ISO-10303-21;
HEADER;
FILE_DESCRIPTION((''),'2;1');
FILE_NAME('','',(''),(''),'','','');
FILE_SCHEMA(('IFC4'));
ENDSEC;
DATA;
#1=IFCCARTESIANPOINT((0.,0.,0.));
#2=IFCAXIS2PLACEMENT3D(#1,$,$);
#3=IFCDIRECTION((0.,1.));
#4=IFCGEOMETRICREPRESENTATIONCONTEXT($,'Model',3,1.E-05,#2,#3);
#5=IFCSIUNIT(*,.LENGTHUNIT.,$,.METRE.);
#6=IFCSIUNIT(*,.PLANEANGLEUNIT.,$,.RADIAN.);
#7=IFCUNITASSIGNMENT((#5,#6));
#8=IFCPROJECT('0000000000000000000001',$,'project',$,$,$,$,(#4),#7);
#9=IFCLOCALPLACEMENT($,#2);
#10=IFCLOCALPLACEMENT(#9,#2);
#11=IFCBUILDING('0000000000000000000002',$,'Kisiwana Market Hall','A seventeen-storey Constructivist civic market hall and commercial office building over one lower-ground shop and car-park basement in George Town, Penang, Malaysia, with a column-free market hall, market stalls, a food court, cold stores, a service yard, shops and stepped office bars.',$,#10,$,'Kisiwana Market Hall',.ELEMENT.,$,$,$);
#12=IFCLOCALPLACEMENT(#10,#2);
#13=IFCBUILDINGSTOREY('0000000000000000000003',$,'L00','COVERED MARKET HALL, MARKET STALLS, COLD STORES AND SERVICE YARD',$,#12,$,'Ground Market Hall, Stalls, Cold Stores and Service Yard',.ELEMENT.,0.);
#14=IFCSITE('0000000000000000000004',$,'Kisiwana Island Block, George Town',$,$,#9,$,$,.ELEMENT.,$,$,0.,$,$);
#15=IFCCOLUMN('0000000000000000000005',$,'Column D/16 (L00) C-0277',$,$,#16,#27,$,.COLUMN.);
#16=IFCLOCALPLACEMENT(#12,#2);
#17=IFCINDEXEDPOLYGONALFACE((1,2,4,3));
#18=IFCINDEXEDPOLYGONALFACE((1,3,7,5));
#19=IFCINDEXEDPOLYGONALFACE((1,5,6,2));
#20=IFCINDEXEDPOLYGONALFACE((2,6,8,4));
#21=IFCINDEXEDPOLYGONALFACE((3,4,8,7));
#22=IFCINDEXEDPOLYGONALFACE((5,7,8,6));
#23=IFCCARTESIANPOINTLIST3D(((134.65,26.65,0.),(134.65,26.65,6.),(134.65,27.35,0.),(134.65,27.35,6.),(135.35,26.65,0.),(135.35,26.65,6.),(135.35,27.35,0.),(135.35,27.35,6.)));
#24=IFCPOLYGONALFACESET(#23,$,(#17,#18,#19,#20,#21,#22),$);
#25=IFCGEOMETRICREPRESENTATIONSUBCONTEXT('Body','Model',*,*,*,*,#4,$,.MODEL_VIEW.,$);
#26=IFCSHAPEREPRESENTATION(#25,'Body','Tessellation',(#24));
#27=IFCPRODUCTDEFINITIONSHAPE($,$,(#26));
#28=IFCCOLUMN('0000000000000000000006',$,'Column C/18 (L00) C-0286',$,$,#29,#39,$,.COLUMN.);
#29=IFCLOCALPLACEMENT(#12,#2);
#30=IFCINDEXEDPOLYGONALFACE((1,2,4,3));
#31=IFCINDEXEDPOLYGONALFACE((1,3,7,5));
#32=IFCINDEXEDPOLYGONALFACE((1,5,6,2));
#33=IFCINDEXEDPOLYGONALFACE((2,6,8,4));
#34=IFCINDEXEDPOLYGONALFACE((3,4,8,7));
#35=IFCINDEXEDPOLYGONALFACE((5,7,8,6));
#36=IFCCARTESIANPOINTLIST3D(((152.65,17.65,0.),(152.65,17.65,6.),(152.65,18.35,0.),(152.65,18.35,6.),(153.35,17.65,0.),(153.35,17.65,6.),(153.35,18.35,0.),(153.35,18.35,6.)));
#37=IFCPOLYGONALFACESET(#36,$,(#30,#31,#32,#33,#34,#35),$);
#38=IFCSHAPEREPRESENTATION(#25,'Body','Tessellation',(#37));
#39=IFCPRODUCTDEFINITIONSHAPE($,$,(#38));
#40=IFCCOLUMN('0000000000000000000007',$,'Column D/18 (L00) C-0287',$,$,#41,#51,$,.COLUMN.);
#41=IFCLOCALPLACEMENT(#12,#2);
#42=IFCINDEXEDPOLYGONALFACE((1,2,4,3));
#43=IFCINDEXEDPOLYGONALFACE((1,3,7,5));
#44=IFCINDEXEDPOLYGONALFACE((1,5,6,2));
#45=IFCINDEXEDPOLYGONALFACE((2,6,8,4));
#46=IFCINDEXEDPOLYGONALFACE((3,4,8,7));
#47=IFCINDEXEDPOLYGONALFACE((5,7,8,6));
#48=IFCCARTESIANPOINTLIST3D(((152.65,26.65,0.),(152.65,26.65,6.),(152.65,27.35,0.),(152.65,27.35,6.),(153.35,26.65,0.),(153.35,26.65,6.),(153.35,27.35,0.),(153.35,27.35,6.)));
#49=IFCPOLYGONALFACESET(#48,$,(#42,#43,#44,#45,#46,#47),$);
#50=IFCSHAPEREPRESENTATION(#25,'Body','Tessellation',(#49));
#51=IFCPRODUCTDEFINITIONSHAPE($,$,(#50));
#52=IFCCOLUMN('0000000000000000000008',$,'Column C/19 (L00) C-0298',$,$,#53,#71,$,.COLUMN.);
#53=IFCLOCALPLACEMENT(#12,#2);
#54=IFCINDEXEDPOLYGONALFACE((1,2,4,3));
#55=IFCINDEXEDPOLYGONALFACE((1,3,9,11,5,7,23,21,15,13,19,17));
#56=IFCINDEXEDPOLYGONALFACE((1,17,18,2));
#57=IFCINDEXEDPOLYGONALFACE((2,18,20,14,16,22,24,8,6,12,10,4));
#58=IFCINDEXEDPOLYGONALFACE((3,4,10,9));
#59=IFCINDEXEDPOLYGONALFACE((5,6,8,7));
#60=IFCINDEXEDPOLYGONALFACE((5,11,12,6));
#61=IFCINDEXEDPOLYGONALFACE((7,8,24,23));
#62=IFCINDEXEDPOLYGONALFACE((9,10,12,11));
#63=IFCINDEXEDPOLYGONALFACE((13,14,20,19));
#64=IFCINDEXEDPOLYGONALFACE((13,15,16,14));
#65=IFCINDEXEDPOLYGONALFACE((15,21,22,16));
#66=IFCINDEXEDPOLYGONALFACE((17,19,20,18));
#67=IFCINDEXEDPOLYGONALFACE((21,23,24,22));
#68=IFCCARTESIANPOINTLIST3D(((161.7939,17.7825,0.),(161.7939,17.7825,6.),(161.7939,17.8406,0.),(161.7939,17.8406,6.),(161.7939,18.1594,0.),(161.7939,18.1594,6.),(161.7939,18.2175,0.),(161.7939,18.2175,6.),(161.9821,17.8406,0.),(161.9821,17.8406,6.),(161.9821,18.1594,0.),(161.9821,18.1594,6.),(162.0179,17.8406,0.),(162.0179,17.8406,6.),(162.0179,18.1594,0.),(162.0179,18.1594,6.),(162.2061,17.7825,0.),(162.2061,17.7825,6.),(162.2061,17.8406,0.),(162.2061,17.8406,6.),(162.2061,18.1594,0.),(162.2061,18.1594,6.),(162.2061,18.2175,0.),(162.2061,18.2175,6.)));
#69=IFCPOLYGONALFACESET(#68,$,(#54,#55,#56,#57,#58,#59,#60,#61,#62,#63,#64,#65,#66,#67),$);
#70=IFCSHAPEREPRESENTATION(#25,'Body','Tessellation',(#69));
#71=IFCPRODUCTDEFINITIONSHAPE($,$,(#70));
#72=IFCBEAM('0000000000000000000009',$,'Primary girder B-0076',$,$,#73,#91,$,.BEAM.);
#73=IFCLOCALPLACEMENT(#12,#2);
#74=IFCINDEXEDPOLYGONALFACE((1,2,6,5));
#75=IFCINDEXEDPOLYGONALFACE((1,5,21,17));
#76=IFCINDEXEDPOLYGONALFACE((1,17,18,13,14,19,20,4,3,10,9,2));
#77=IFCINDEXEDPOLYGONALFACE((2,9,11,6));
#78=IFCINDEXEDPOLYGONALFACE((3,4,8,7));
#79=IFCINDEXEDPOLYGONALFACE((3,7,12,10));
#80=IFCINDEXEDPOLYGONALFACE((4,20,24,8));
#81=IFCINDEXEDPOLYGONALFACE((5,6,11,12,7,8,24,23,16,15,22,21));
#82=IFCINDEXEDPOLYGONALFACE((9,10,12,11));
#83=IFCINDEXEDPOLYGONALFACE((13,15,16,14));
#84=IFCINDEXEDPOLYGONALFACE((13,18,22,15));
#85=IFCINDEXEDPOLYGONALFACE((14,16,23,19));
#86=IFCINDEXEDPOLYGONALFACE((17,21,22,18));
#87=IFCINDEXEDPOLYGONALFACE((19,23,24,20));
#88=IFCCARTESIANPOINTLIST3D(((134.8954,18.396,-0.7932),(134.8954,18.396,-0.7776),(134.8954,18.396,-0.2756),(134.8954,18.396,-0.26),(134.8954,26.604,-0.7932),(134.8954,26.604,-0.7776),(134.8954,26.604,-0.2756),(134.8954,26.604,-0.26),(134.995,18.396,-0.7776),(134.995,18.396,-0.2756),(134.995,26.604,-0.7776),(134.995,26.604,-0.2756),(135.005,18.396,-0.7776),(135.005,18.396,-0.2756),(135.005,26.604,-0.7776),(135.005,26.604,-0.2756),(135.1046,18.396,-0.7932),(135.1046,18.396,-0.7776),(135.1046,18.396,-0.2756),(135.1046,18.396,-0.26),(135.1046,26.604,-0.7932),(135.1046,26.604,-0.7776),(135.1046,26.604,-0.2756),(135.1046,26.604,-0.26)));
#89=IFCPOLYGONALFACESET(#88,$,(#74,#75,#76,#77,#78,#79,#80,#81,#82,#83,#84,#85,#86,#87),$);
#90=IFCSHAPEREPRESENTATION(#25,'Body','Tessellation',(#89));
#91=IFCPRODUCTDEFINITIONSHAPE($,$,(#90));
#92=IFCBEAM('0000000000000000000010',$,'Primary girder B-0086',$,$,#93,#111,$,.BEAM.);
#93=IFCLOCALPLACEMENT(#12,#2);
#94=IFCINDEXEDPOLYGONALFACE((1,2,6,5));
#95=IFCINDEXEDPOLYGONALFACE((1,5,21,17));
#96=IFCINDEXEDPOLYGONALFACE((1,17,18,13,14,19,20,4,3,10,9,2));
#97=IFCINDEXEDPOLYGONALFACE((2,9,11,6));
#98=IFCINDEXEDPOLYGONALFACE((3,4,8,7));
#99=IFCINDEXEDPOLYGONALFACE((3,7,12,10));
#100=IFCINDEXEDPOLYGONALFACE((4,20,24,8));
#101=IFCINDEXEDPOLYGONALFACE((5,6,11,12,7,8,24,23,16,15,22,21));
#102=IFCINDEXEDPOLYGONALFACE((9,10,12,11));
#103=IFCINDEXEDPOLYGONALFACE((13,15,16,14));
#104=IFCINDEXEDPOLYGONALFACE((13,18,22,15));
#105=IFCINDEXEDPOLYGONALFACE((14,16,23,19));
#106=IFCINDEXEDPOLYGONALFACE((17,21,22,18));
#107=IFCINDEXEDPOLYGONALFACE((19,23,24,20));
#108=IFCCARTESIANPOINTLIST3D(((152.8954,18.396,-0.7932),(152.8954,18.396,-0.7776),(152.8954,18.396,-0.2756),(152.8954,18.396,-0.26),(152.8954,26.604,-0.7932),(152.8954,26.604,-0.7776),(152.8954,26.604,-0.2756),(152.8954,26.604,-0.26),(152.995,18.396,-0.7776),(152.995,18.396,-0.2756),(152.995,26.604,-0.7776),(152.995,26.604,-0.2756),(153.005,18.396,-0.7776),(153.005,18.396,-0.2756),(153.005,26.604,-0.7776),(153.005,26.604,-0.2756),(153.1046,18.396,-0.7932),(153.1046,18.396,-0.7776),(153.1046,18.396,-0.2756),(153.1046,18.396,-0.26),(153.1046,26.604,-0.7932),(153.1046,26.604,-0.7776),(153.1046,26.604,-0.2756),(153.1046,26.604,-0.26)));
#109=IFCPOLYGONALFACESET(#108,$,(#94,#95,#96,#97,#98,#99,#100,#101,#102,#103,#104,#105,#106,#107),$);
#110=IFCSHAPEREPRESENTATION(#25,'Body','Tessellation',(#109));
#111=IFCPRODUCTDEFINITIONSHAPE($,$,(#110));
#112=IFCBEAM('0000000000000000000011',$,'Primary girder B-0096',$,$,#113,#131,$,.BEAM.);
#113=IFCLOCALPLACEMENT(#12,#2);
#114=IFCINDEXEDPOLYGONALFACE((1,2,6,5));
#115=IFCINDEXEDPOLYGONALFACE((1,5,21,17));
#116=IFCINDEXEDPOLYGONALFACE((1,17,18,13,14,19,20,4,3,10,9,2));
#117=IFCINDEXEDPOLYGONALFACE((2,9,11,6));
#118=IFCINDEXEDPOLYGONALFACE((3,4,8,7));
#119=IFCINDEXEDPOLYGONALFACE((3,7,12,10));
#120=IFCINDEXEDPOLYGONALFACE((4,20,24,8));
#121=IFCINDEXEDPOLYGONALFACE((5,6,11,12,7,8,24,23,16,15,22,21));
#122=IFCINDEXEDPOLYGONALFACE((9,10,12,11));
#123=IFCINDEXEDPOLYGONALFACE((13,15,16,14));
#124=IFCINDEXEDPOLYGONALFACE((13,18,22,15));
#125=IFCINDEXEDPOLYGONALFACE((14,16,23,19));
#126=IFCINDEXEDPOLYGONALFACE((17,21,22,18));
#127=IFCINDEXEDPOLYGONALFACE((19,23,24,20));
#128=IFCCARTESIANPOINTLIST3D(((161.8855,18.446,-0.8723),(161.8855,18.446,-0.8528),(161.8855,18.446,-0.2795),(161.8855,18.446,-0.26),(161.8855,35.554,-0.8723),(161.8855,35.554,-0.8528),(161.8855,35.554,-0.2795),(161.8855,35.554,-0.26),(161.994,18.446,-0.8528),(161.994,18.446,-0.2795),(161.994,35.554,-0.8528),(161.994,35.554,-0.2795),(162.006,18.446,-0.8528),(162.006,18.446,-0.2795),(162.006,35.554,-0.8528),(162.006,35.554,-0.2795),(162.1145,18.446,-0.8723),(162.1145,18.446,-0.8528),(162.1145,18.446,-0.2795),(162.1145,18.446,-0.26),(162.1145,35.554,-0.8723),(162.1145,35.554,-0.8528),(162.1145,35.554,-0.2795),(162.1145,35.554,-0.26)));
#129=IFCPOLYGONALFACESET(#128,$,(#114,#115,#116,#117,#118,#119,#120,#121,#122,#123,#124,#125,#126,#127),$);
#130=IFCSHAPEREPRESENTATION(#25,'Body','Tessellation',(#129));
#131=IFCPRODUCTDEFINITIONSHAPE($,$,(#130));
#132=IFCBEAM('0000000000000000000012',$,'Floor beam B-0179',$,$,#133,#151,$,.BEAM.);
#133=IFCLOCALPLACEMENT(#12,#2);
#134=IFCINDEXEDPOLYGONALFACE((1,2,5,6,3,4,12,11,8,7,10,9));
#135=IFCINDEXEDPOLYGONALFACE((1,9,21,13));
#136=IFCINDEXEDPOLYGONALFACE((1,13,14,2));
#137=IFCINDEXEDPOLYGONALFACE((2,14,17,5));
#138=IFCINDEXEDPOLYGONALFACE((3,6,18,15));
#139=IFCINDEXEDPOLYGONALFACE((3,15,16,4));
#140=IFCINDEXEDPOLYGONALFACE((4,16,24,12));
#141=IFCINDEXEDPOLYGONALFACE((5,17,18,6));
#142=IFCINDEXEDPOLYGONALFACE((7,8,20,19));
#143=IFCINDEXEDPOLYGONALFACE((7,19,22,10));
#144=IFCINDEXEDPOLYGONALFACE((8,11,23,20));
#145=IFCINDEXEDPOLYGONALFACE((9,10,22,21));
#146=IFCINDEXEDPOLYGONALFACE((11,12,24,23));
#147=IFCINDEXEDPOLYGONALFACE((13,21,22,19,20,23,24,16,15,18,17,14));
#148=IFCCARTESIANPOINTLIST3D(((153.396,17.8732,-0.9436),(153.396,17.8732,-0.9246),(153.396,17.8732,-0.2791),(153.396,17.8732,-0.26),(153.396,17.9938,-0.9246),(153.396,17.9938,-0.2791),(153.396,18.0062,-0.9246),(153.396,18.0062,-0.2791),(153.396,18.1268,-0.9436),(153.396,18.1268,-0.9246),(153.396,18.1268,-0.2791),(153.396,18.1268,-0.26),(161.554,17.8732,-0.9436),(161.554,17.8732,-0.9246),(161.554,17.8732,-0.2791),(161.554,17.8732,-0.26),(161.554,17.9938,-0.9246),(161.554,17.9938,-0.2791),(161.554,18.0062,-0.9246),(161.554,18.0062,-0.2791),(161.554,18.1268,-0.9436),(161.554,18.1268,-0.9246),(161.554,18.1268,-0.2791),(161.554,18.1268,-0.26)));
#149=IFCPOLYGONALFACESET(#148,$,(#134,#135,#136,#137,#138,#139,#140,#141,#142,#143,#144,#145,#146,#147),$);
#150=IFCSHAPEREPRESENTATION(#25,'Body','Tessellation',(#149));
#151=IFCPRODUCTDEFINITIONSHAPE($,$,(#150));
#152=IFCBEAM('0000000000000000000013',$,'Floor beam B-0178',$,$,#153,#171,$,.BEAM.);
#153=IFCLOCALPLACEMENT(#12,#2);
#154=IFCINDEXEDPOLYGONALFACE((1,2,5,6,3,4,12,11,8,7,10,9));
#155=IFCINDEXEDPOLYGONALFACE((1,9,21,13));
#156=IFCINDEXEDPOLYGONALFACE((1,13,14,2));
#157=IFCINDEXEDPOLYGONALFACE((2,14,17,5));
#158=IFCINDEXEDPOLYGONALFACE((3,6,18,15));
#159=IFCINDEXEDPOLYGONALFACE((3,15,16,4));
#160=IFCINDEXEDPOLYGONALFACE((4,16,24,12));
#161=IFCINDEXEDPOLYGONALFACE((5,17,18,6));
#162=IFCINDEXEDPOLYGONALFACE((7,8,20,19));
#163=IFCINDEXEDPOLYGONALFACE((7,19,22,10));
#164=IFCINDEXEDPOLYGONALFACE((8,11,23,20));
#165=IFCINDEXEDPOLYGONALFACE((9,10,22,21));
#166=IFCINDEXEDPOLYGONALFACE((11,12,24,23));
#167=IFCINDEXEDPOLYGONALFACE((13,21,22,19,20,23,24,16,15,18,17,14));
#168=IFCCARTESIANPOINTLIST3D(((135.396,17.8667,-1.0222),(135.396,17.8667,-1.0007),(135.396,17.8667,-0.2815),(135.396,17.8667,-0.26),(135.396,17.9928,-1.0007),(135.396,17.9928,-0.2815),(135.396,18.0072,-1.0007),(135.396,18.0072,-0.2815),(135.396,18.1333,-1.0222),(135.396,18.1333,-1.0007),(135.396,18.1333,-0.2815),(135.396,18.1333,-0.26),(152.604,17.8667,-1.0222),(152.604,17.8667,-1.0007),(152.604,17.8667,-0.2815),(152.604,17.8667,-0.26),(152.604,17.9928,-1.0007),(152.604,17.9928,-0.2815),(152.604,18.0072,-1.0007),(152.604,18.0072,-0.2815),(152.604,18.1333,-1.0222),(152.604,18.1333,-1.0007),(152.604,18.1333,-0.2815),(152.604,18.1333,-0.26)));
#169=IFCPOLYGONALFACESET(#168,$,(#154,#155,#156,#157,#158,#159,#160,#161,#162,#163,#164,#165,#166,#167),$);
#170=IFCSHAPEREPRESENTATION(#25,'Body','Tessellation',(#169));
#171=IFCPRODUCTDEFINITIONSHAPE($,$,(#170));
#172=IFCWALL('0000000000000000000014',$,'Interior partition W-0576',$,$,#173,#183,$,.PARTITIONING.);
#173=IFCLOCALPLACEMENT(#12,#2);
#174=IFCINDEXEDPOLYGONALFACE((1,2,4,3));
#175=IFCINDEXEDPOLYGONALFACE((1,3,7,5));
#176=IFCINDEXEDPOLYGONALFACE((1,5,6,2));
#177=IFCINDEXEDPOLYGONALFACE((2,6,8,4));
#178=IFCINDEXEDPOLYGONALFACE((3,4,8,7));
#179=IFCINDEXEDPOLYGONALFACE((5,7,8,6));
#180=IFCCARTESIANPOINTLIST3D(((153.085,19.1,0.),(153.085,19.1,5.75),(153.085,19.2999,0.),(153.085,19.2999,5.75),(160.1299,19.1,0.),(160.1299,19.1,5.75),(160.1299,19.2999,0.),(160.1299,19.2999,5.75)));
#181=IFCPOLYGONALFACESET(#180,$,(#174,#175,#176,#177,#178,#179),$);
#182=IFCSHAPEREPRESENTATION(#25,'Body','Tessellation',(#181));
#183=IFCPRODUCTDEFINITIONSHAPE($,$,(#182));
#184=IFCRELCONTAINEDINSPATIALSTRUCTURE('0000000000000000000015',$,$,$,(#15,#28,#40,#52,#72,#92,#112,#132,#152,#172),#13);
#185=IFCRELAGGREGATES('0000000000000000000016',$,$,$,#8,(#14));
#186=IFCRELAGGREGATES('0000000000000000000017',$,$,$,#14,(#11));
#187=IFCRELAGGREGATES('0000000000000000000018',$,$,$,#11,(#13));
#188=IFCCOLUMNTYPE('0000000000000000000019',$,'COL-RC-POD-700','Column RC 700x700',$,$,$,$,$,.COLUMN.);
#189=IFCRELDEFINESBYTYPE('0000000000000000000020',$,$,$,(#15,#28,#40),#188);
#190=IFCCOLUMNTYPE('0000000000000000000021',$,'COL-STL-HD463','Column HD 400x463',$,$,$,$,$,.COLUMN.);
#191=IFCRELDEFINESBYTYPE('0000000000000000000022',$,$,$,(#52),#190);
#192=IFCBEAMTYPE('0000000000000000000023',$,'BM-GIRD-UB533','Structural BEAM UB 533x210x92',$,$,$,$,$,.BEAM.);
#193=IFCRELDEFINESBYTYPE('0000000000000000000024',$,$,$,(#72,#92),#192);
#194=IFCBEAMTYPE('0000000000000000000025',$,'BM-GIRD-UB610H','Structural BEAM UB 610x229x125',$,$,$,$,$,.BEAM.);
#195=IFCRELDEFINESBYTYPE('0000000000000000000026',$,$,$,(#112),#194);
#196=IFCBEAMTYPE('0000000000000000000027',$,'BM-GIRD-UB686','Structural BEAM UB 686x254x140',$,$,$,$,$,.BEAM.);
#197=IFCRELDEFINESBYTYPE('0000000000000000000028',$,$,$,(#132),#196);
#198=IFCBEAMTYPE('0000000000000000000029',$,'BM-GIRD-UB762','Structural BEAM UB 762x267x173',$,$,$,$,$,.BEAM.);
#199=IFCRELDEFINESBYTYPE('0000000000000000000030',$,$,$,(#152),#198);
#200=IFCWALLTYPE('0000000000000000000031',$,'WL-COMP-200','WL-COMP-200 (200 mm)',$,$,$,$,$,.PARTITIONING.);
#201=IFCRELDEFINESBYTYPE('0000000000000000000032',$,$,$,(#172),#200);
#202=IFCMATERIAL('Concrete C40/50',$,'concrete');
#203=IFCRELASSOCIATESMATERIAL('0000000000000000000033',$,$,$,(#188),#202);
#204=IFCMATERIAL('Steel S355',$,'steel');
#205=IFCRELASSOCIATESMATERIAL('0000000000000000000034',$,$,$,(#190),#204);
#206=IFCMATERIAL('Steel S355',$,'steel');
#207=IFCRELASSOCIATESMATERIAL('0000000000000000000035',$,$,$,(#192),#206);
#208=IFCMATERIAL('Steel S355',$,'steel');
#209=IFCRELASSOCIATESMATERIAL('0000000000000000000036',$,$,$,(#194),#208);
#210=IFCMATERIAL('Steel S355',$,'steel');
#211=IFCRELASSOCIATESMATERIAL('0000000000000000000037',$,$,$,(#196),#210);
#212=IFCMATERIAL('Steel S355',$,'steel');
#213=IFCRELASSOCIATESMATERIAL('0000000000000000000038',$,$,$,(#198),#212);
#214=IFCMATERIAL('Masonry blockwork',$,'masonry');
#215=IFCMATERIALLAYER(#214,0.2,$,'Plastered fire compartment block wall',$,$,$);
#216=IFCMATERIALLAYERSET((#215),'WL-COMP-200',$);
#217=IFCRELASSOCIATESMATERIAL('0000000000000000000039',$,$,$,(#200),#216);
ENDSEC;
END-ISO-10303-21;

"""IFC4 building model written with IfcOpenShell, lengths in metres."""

from ifc_helpers import new_model, si_unit, direction, frame, frame_2d, origin, origin_2d, place, context, subcontext, project, spatial, rectangle, i_section, extrude, material, layer, layer_set, material_profile, profile_set, type_object, element, save


model = new_model("IFC4")

# Units and contexts
model_context = context("Model", 3, precision=1e-05, world=origin(), true_north=direction((0.0, 1.0)))
body_context = subcontext(model_context, "Body", "Model", "MODEL_VIEW")
ifc_project = project(units=[si_unit("LENGTHUNIT", "METRE"), si_unit("PLANEANGLEUNIT", "RADIAN")], contexts=[model_context])

# Site, building, storey
site_placement = place(None, origin())
site = spatial("IfcSite", under=ifc_project, at=site_placement, Name="Kisiwana Island Block, George Town", CompositionType="ELEMENT", RefElevation=0.0)
building_placement = place(site_placement, origin())
building = spatial("IfcBuilding", under=site, at=building_placement, Name="Kisiwana Market Hall", Description="A seventeen-storey Constructivist civic market hall and commercial office building over one lower-ground shop and car-park basement in George Town, Penang, Malaysia, with a column-free market hall, market stalls, a food court, cold stores, a service yard, shops and stepped office bars.", LongName="Kisiwana Market Hall", CompositionType="ELEMENT")
storey_placement = place(building_placement, origin())
storey = spatial("IfcBuildingStorey", under=building, at=storey_placement, Name="L00", Description="COVERED MARKET HALL, MARKET STALLS, COLD STORES AND SERVICE YARD", LongName="Ground Market Hall, Stalls, Cold Stores and Service Yard", CompositionType="ELEMENT", Elevation=0.0)

# Columns
ifc_material_1 = material(Name="Concrete C40/50", Category="concrete")
ifc_material_profile_1 = material_profile(ifc_material_1, rectangle(XDim=0.7, YDim=0.7, at=origin_2d()), Name="RC 700x700")
ifc_profile_set_1 = profile_set([ifc_material_profile_1], Name="Concrete C40/50")
column_type_1 = type_object("IfcColumnType", Name="COL-RC-POD-700", Description="Column RC 700x700", PredefinedType="COLUMN", material=ifc_profile_set_1)
for number, where, z_axis, x_axis, name in (
    (1, (135.0, 27.0, 0.0), (0.0, 0.0, 1.0), (1.0, 0.0, 0.0), "Column D/16 (L00) C-0277"),
    (2, (153.0, 18.0, 0.0), (0.0, 0.0, 1.0), (1.0, 0.0, 0.0), "Column C/18 (L00) C-0286"),
    (3, (153.0, 27.0, 0.0), (0.0, 0.0, 1.0), (1.0, 0.0, 0.0), "Column D/18 (L00) C-0287"),
):
    element("IfcColumn", number, at=place(storey_placement, frame(where, z_axis=z_axis, x_axis=x_axis)), inside=storey, type_object=column_type_1, Name=name, PredefinedType="COLUMN", context=body_context, shape_type="SweptSolid", body=[
        extrude(rectangle(XDim=0.7, YDim=0.7, at=origin_2d()), origin(), (0.0, 0.0, 1.0), 6.0),
    ])
ifc_material_2 = material(Name="Steel S355", Category="steel")
ifc_material_profile_2 = material_profile(ifc_material_2, i_section(OverallWidth=0.4121, OverallDepth=0.4351, WebThickness=0.0359, FlangeThickness=0.0581, at=origin_2d()), Name="HD 400x463")
ifc_profile_set_2 = profile_set([ifc_material_profile_2], Name="Steel S355")
column_type_2 = type_object("IfcColumnType", Name="COL-STL-HD463", Description="Column HD 400x463", PredefinedType="COLUMN", material=ifc_profile_set_2)
column_placement = place(storey_placement, frame((162.0, 18.0, 0.0), z_axis=(0.0, 0.0, 1.0), x_axis=(1.0, 0.0, 0.0)))
element("IfcColumn", 4, at=column_placement, inside=storey, type_object=column_type_2, Name="Column C/19 (L00) C-0298", PredefinedType="COLUMN", context=body_context, shape_type="SweptSolid", body=[
    extrude(i_section(OverallWidth=0.4121, OverallDepth=0.4351, WebThickness=0.0359, FlangeThickness=0.0581, at=origin_2d()), origin(), (0.0, 0.0, 1.0), 6.0),
])

# Beams
ifc_material_3 = material(Name="Steel S355", Category="steel")
ifc_material_profile_3 = material_profile(ifc_material_3, i_section(OverallWidth=0.2092, OverallDepth=0.5332, WebThickness=0.01, FlangeThickness=0.0156, at=origin_2d()), Name="UB 533x210x92")
ifc_profile_set_3 = profile_set([ifc_material_profile_3], Name="Steel S355")
beam_type_1 = type_object("IfcBeamType", Name="BM-GIRD-UB533", Description="Structural BEAM UB 533x210x92", PredefinedType="BEAM", material=ifc_profile_set_3)
for number, where, z_axis, x_axis, name in (
    (5, (135.0, 18.396, -0.5266), (0.0, 1.0, 0.0), (-1.0, 0.0, 0.0), "Primary girder B-0076"),
    (6, (153.0, 18.396, -0.5266), (0.0, 1.0, 0.0), (-1.0, 0.0, 0.0), "Primary girder B-0086"),
):
    element("IfcBeam", number, at=place(storey_placement, frame(where, z_axis=z_axis, x_axis=x_axis)), inside=storey, type_object=beam_type_1, Name=name, PredefinedType="BEAM", context=body_context, shape_type="SweptSolid", body=[
        extrude(i_section(OverallWidth=0.2092, OverallDepth=0.5332, WebThickness=0.01, FlangeThickness=0.0156, at=origin_2d()), origin(), (0.0, 0.0, 1.0), 8.208),
    ])
ifc_material_4 = material(Name="Steel S355", Category="steel")
ifc_material_profile_4 = material_profile(ifc_material_4, i_section(OverallWidth=0.229, OverallDepth=0.6123, WebThickness=0.012, FlangeThickness=0.0195, at=origin_2d()), Name="UB 610x229x125")
ifc_profile_set_4 = profile_set([ifc_material_profile_4], Name="Steel S355")
beam_type_2 = type_object("IfcBeamType", Name="BM-GIRD-UB610H", Description="Structural BEAM UB 610x229x125", PredefinedType="BEAM", material=ifc_profile_set_4)
beam_1_placement = place(storey_placement, frame((162.0, 18.446, -0.5662), z_axis=(0.0, 1.0, 0.0), x_axis=(-1.0, 0.0, 0.0)))
element("IfcBeam", 7, at=beam_1_placement, inside=storey, type_object=beam_type_2, Name="Primary girder B-0096", PredefinedType="BEAM", context=body_context, shape_type="SweptSolid", body=[
    extrude(i_section(OverallWidth=0.229, OverallDepth=0.6123, WebThickness=0.012, FlangeThickness=0.0195, at=origin_2d()), origin(), (0.0, 0.0, 1.0), 17.1079),
])
ifc_material_5 = material(Name="Steel S355", Category="steel")
ifc_material_profile_5 = material_profile(ifc_material_5, i_section(OverallWidth=0.2537, OverallDepth=0.6836, WebThickness=0.0125, FlangeThickness=0.019, at=origin_2d()), Name="UB 686x254x140")
ifc_profile_set_5 = profile_set([ifc_material_profile_5], Name="Steel S355")
beam_type_3 = type_object("IfcBeamType", Name="BM-GIRD-UB686", Description="Structural BEAM UB 686x254x140", PredefinedType="BEAM", material=ifc_profile_set_5)
beam_2_placement = place(storey_placement, frame((153.396, 18.0, -0.6018), z_axis=(1.0, 0.0, 0.0), x_axis=(0.0, 1.0, 0.0)))
element("IfcBeam", 8, at=beam_2_placement, inside=storey, type_object=beam_type_3, Name="Floor beam B-0179", PredefinedType="BEAM", context=body_context, shape_type="SweptSolid", body=[
    extrude(i_section(OverallWidth=0.2537, OverallDepth=0.6836, WebThickness=0.0125, FlangeThickness=0.019, at=origin_2d()), origin(), (0.0, 0.0, 1.0), 8.158),
])
ifc_material_6 = material(Name="Steel S355", Category="steel")
ifc_material_profile_6 = material_profile(ifc_material_6, i_section(OverallWidth=0.2666, OverallDepth=0.7622, WebThickness=0.0144, FlangeThickness=0.0215, at=origin_2d()), Name="UB 762x267x173")
ifc_profile_set_6 = profile_set([ifc_material_profile_6], Name="Steel S355")
beam_type_4 = type_object("IfcBeamType", Name="BM-GIRD-UB762", Description="Structural BEAM UB 762x267x173", PredefinedType="BEAM", material=ifc_profile_set_6)
beam_3_placement = place(storey_placement, frame((135.396, 18.0, -0.6411), z_axis=(1.0, 0.0, 0.0), x_axis=(0.0, 1.0, 0.0)))
element("IfcBeam", 9, at=beam_3_placement, inside=storey, type_object=beam_type_4, Name="Floor beam B-0178", PredefinedType="BEAM", context=body_context, shape_type="SweptSolid", body=[
    extrude(i_section(OverallWidth=0.2666, OverallDepth=0.7622, WebThickness=0.0144, FlangeThickness=0.0215, at=origin_2d()), origin(), (0.0, 0.0, 1.0), 17.208),
])

# Wall
ifc_material_7 = material(Name="Masonry blockwork", Category="masonry")
ifc_layer_1 = layer(ifc_material_7, 0.2, Name="Plastered fire compartment block wall")
ifc_layer_set_1 = layer_set([ifc_layer_1], Name="WL-COMP-200")
wall_type_1 = type_object("IfcWallType", Name="WL-COMP-200", Description="WL-COMP-200 (200 mm)", PredefinedType="PARTITIONING", material=ifc_layer_set_1)
wall_1_placement = place(storey_placement, frame((153.085, 19.2, 0.0), z_axis=(0.0, 0.0, 1.0), x_axis=(1.0, 0.0, 0.0)))
element("IfcWall", 10, at=wall_1_placement, inside=storey, type_object=wall_type_1, Name="Interior partition W-0576", PredefinedType="PARTITIONING", context=body_context, shape_type="SweptSolid", body=[
    extrude(rectangle(XDim=7.0449, YDim=0.2, at=frame_2d((3.5225, 0.0))), origin(), (0.0, 0.0, 1.0), 5.75),
])

save(model, "model.ifc")
